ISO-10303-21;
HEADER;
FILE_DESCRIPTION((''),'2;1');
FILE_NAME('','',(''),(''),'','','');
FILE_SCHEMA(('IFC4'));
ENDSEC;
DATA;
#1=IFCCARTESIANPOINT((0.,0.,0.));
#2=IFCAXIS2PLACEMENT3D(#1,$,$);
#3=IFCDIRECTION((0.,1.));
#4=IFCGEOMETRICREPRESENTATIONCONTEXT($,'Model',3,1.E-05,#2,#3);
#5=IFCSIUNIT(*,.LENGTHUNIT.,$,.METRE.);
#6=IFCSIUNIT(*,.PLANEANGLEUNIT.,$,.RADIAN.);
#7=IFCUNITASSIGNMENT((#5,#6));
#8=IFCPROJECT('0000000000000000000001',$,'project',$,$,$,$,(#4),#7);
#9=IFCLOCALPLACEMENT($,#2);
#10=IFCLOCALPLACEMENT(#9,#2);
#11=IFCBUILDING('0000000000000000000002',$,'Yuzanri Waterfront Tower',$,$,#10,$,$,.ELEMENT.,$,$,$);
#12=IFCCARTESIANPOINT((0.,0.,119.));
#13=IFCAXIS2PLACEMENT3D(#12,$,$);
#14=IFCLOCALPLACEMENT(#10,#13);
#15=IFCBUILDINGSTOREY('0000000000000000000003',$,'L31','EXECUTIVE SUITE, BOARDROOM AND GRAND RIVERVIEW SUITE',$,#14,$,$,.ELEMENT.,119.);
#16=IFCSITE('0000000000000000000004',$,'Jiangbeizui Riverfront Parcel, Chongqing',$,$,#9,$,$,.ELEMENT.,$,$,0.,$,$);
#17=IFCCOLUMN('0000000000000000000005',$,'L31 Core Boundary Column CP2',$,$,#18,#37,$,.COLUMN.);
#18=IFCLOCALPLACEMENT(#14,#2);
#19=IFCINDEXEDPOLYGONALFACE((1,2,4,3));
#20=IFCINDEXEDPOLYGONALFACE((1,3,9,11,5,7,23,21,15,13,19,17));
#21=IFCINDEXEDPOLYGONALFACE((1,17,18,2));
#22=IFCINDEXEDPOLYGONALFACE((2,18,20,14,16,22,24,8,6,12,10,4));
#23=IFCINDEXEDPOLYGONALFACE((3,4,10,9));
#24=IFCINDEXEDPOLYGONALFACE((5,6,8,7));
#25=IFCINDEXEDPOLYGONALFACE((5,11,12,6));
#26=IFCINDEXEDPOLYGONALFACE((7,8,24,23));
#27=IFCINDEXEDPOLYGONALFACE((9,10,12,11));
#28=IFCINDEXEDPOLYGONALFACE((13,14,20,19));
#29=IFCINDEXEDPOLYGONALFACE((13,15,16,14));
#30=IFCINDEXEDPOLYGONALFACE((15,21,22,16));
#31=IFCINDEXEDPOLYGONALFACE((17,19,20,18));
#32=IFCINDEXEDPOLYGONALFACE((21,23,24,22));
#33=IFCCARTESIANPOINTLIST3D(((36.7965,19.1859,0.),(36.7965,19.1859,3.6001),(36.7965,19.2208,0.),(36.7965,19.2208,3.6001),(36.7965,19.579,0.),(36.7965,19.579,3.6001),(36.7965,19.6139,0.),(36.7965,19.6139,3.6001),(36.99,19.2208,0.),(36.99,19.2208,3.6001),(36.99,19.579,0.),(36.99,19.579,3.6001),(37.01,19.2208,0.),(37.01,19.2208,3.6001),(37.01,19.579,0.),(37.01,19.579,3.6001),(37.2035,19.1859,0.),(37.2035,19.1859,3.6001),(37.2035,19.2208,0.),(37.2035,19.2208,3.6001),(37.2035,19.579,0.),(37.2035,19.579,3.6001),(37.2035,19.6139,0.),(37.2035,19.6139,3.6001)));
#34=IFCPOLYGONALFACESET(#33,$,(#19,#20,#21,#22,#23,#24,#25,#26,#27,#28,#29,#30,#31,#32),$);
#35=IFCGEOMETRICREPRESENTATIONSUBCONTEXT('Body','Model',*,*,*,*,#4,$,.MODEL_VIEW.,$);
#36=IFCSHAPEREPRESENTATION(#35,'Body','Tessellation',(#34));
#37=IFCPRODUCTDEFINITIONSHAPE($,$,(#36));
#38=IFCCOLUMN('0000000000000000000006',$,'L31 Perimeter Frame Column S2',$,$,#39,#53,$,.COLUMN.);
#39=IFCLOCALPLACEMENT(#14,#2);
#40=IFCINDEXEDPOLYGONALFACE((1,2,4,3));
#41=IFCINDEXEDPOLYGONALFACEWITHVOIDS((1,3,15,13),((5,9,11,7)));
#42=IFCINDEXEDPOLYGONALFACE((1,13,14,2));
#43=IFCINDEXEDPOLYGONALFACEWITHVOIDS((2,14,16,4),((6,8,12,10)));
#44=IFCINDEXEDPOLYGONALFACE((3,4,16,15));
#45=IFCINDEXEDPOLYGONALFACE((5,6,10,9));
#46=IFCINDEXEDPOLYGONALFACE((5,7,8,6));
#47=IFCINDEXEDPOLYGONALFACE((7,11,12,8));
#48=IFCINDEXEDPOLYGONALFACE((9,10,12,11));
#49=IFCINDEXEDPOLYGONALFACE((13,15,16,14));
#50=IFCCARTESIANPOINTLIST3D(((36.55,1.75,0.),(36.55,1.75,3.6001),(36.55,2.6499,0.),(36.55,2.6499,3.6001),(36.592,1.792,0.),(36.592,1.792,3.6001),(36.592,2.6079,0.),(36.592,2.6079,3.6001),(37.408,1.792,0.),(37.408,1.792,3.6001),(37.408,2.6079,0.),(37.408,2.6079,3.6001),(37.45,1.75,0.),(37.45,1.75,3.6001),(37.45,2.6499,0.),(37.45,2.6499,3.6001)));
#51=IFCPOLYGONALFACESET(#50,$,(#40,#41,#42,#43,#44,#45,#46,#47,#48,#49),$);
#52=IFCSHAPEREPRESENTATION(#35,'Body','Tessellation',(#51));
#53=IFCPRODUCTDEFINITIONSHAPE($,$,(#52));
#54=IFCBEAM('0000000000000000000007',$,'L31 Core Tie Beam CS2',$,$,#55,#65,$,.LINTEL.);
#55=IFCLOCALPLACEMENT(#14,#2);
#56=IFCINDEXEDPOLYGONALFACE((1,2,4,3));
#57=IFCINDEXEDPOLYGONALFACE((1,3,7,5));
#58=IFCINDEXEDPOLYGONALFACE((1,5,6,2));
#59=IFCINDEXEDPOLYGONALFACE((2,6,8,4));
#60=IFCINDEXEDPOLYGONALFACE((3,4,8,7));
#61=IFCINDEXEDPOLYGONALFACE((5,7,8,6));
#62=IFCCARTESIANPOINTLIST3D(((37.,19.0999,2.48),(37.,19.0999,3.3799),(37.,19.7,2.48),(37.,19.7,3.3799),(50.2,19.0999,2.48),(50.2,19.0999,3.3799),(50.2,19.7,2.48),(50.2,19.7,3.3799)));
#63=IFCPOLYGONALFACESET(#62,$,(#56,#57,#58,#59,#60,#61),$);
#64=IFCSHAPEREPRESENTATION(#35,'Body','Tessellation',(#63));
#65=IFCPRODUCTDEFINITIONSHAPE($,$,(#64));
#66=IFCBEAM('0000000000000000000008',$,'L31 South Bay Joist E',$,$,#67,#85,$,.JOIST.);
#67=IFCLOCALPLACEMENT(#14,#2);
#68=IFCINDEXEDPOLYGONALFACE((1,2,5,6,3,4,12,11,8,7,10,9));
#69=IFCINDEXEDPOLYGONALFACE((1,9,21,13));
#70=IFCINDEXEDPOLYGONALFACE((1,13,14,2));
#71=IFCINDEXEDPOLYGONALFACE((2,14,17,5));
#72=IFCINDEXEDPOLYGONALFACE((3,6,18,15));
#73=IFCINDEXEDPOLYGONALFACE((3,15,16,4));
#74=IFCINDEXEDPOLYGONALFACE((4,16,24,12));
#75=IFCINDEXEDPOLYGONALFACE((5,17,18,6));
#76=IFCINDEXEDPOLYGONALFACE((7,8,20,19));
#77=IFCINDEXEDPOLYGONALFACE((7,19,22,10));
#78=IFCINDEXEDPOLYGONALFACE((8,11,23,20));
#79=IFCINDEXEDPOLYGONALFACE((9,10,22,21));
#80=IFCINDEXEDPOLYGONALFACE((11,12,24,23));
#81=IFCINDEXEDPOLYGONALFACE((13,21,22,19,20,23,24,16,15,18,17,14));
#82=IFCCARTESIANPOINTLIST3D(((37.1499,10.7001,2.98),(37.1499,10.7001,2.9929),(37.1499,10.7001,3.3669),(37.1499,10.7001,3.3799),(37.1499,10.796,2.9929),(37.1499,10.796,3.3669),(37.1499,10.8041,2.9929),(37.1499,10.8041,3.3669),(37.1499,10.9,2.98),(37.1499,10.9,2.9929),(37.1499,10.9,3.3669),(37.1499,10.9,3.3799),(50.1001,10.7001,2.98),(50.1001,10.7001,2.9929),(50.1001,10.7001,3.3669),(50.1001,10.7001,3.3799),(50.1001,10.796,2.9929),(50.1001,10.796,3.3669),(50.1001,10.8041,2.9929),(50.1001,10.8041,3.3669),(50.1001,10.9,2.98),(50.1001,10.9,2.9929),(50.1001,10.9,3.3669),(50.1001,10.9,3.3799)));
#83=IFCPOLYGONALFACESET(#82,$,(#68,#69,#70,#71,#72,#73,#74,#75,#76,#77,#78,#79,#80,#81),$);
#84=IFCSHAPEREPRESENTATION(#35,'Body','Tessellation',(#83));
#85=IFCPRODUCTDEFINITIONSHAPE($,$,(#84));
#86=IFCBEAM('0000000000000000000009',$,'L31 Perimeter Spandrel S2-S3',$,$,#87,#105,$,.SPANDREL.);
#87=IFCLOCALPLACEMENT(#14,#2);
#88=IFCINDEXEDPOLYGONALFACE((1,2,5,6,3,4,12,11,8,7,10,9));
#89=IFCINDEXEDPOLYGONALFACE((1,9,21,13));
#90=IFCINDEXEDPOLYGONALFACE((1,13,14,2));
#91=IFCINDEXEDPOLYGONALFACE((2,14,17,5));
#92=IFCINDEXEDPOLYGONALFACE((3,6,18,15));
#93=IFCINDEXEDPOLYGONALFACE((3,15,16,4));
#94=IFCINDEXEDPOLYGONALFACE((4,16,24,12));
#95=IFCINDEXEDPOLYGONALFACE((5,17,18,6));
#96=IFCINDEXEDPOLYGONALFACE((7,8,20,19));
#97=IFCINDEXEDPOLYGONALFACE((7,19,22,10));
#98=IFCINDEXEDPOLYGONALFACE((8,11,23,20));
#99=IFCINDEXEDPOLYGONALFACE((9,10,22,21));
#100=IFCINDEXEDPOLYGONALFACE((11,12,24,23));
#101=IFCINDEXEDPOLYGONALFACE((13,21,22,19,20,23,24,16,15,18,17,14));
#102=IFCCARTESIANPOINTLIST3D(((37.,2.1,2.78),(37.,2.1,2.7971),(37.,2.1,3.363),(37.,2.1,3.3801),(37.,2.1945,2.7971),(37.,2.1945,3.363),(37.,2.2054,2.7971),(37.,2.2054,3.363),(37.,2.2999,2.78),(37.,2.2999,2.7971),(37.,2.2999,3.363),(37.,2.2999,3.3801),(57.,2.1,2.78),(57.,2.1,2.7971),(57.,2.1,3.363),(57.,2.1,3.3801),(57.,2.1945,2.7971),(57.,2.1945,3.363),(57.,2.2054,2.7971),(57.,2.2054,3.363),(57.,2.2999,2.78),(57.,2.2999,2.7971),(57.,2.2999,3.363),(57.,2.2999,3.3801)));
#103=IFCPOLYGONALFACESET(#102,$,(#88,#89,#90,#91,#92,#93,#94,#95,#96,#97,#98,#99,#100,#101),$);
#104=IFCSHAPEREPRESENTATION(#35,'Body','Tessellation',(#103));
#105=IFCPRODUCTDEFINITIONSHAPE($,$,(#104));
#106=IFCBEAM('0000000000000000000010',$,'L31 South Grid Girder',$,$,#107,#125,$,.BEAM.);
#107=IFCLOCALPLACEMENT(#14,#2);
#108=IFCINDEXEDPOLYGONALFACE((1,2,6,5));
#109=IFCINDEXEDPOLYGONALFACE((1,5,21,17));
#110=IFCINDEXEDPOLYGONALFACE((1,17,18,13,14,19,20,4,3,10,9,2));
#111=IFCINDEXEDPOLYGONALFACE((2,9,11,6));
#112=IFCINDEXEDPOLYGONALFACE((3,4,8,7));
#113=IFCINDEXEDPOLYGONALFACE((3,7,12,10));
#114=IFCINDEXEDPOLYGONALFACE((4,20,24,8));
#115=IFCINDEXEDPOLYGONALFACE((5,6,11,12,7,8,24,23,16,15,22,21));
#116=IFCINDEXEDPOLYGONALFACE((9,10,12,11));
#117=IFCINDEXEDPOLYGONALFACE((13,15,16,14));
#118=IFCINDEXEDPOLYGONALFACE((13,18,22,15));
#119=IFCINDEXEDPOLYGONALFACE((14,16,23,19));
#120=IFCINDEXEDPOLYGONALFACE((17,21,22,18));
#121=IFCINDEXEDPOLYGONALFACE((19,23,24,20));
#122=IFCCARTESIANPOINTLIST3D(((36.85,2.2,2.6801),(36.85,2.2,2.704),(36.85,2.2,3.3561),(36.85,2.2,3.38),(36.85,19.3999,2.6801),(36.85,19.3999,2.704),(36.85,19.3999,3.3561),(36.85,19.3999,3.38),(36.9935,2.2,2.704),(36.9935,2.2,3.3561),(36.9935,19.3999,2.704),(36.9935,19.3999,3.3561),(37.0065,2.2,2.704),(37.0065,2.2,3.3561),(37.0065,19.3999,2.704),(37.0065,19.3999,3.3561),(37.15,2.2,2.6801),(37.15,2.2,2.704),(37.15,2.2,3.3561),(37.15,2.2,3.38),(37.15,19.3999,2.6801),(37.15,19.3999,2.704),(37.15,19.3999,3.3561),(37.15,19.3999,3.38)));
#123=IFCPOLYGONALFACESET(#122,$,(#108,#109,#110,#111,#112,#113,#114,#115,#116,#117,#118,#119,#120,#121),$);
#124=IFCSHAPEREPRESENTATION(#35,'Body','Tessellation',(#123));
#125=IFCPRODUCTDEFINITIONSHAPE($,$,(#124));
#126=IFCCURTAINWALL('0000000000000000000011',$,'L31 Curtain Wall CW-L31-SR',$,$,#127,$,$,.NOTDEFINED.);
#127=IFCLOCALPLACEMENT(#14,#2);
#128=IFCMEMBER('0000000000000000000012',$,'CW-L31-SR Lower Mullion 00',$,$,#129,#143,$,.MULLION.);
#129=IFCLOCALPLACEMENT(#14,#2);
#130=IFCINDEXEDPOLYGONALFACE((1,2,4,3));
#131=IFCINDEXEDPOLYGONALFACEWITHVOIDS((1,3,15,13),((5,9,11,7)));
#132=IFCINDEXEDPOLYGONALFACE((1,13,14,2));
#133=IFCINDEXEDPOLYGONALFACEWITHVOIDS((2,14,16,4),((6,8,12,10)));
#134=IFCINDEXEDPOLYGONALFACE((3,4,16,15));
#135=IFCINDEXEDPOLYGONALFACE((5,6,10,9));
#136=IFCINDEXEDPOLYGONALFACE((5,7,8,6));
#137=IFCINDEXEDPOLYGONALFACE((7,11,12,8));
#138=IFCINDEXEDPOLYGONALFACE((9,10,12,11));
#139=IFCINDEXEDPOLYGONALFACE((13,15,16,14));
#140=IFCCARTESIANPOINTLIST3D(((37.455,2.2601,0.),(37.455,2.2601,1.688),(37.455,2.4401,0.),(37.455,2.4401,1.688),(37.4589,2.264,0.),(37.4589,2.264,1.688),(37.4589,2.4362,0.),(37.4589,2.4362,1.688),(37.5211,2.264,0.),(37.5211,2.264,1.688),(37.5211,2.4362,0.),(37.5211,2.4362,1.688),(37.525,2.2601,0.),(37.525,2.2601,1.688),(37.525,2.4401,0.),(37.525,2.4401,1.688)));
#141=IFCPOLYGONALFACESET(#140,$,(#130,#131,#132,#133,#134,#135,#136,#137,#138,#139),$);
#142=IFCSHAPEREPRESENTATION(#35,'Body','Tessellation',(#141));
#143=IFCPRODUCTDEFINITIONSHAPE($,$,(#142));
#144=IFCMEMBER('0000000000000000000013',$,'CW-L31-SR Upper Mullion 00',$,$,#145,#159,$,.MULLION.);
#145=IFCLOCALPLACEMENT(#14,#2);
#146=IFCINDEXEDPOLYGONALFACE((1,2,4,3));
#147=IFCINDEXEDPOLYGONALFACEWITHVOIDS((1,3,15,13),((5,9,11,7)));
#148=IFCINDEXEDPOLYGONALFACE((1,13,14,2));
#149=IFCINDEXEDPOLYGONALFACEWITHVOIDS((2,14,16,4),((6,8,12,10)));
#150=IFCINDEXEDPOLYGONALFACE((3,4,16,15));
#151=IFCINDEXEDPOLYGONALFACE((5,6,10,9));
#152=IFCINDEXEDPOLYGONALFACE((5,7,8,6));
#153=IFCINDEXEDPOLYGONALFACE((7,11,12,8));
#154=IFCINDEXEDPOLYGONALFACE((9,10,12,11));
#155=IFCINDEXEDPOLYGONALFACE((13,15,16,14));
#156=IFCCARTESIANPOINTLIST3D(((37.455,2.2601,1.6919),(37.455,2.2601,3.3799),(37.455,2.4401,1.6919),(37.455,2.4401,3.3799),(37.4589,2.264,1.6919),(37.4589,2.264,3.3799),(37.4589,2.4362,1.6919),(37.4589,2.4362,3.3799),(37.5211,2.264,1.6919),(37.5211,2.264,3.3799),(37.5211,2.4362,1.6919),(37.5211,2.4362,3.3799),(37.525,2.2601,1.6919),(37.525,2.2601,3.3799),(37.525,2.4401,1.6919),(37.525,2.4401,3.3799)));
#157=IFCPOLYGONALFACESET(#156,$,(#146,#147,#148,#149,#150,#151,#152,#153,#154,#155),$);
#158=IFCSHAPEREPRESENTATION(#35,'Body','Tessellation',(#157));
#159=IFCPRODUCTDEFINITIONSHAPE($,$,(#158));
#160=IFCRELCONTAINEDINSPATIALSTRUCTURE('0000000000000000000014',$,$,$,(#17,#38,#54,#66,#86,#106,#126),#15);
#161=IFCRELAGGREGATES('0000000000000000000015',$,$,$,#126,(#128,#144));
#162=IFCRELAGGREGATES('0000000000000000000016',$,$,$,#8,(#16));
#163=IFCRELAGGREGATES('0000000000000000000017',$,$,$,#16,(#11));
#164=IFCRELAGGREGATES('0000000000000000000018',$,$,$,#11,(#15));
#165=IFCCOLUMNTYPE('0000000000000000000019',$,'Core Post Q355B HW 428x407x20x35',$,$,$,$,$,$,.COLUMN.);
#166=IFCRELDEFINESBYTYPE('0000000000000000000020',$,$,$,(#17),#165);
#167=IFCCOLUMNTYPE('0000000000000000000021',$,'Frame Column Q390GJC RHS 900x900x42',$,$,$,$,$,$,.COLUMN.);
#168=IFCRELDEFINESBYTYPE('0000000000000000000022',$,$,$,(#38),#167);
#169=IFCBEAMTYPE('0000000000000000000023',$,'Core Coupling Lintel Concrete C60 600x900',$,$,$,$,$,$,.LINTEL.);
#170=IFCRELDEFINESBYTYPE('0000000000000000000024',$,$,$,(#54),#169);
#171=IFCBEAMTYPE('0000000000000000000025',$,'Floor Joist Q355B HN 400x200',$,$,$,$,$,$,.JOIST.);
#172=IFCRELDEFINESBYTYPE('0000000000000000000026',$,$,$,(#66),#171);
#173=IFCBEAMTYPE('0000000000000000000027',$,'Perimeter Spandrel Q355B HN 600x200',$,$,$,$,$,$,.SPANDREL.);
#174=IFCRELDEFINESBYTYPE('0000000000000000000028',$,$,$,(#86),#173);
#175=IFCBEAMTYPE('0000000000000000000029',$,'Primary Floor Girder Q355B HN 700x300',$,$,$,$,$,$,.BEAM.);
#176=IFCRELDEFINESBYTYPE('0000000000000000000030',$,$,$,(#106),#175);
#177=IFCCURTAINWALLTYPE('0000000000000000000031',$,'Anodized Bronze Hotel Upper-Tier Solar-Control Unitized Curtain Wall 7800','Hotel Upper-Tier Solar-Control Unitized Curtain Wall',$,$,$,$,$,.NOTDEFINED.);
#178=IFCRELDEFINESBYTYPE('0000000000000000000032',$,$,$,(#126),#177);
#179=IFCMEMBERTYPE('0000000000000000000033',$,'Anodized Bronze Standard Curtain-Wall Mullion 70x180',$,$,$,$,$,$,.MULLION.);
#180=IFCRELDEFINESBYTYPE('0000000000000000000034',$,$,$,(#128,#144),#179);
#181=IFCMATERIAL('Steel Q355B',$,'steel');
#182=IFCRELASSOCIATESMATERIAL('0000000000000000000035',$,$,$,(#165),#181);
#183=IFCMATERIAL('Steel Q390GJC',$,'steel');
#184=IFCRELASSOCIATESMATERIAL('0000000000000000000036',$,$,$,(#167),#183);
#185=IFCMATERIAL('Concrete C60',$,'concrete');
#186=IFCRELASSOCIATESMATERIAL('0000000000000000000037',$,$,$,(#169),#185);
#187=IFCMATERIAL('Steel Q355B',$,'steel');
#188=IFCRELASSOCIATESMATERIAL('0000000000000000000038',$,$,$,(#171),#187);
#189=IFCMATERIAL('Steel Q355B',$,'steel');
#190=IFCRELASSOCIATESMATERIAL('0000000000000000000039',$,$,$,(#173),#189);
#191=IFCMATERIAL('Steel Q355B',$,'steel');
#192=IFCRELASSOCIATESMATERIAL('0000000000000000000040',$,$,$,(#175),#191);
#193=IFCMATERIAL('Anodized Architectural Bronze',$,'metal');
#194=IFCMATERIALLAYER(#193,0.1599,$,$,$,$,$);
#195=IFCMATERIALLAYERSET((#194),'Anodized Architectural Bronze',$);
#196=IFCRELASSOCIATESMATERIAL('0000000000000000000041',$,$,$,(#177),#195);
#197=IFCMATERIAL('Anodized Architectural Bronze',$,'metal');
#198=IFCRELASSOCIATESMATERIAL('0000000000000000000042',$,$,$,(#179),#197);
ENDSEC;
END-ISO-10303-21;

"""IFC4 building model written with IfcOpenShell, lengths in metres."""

from ifc_helpers import new_model, si_unit, direction, frame, origin, origin_2d, place, context, subcontext, project, spatial, rectangle, hollow_rectangle, i_section, extrude, source, transform, mapped, material, layer, layer_set, material_profile, profile_set, type_object, element, aggregate, save


model = new_model("IFC4")

# Units and contexts
model_context = context("Model", 3, precision=1e-05, world=origin(), true_north=direction((0.0, 1.0)))
body_context = subcontext(model_context, "Body", "Model", "MODEL_VIEW")
ifc_project = project(units=[si_unit("LENGTHUNIT", "METRE"), si_unit("PLANEANGLEUNIT", "RADIAN")], contexts=[model_context])

# Site, building, storey
site_placement = place(None, origin())
site = spatial("IfcSite", under=ifc_project, at=site_placement, Name="Jiangbeizui Riverfront Parcel, Chongqing", CompositionType="ELEMENT", RefElevation=0.0)
building_placement = place(site_placement, origin())
building = spatial("IfcBuilding", under=site, at=building_placement, Name="Yuzanri Waterfront Tower", CompositionType="ELEMENT")
storey_placement = place(building_placement, frame((0.0, 0.0, 119.0)))
storey = spatial("IfcBuildingStorey", under=building, at=storey_placement, Name="L31", Description="EXECUTIVE SUITE, BOARDROOM AND GRAND RIVERVIEW SUITE", CompositionType="ELEMENT", Elevation=119.0)

# Columns
ifc_material_1 = material(Name="Steel Q355B", Category="steel")
ifc_material_profile_1 = material_profile(ifc_material_1, i_section(OverallWidth=0.407, OverallDepth=0.428, WebThickness=0.02, FlangeThickness=0.0349, at=origin_2d()), Name="HW 428x407x20x35")
ifc_profile_set_1 = profile_set([ifc_material_profile_1], Name="Steel Q355B")
column_type_1 = type_object("IfcColumnType", Name="Core Post Q355B HW 428x407x20x35", PredefinedType="COLUMN", material=ifc_profile_set_1)
shared_shape_1 = source(origin(), body_context, "Body", "SweptSolid", [
    extrude(i_section(OverallWidth=0.407, OverallDepth=0.428, WebThickness=0.02, FlangeThickness=0.0349, at=origin_2d()), origin(), (0.0, 0.0, 1.0), 3.6001),
])
column_1_placement = place(storey_placement, frame((37.0, 19.3999, 0.0), z_axis=(0.0, 0.0, 1.0), x_axis=(1.0, 0.0, 0.0)))
element("IfcColumn", 1, at=column_1_placement, inside=storey, type_object=column_type_1, Name="L31 Core Boundary Column CP2", PredefinedType="COLUMN", context=body_context, shape_type="MappedRepresentation", body=[
    mapped(shared_shape_1, transform((0.0, 0.0, 0.0), scale=1.0)),
])
ifc_material_2 = material(Name="Steel Q390GJC", Category="steel")
ifc_material_profile_2 = material_profile(ifc_material_2, hollow_rectangle(XDim=0.8999, YDim=0.8999, WallThickness=0.042, at=origin_2d()), Name="RHS 900x900x42")
ifc_profile_set_2 = profile_set([ifc_material_profile_2], Name="Steel Q390GJC")
column_type_2 = type_object("IfcColumnType", Name="Frame Column Q390GJC RHS 900x900x42", PredefinedType="COLUMN", material=ifc_profile_set_2)
shared_shape_2 = source(origin(), body_context, "Body", "SweptSolid", [
    extrude(hollow_rectangle(XDim=0.8999, YDim=0.8999, WallThickness=0.042, at=origin_2d()), origin(), (0.0, 0.0, 1.0), 3.6001),
])
column_2_placement = place(storey_placement, frame((37.0, 2.2, 0.0), z_axis=(0.0, 0.0, 1.0), x_axis=(1.0, 0.0, 0.0)))
element("IfcColumn", 2, at=column_2_placement, inside=storey, type_object=column_type_2, Name="L31 Perimeter Frame Column S2", PredefinedType="COLUMN", context=body_context, shape_type="MappedRepresentation", body=[
    mapped(shared_shape_2, transform((0.0, 0.0, 0.0), scale=1.0)),
])

# Beams
ifc_material_3 = material(Name="Concrete C60", Category="concrete")
ifc_material_profile_3 = material_profile(ifc_material_3, rectangle(XDim=0.6001, YDim=0.8999, at=origin_2d()), Name="RC 600x900")
ifc_profile_set_3 = profile_set([ifc_material_profile_3], Name="Concrete C60")
beam_type_1 = type_object("IfcBeamType", Name="Core Coupling Lintel Concrete C60 600x900", PredefinedType="LINTEL", material=ifc_profile_set_3)
shared_shape_3 = source(origin(), body_context, "Body", "SweptSolid", [
    extrude(rectangle(XDim=0.6001, YDim=0.8999, at=origin_2d()), origin(), (0.0, 0.0, 1.0), 13.2),
])
beam_1_placement = place(storey_placement, frame((37.0, 19.3999, 2.9299), z_axis=(1.0, 0.0, 0.0), x_axis=(0.0, 1.0, 0.0)))
element("IfcBeam", 3, at=beam_1_placement, inside=storey, type_object=beam_type_1, Name="L31 Core Tie Beam CS2", PredefinedType="LINTEL", context=body_context, shape_type="MappedRepresentation", body=[
    mapped(shared_shape_3, transform((0.0, 0.0, 0.0), scale=1.0)),
])
ifc_material_4 = material(Name="Steel Q355B", Category="steel")
ifc_material_profile_4 = material_profile(ifc_material_4, i_section(OverallWidth=0.2, OverallDepth=0.3999, WebThickness=0.0081, FlangeThickness=0.0129, at=origin_2d()), Name="HN 400x200x8x13")
ifc_profile_set_4 = profile_set([ifc_material_profile_4], Name="Steel Q355B")
beam_type_2 = type_object("IfcBeamType", Name="Floor Joist Q355B HN 400x200", PredefinedType="JOIST", material=ifc_profile_set_4)
shared_shape_4 = source(origin(), body_context, "Body", "SweptSolid", [
    extrude(i_section(OverallWidth=0.2, OverallDepth=0.3999, WebThickness=0.0081, FlangeThickness=0.0129, at=origin_2d()), origin(), (0.0, 0.0, 1.0), 12.9502),
])
beam_2_placement = place(storey_placement, frame((37.1499, 10.8, 3.1799), z_axis=(1.0, 0.0, 0.0), x_axis=(0.0, 1.0, 0.0)))
element("IfcBeam", 4, at=beam_2_placement, inside=storey, type_object=beam_type_2, Name="L31 South Bay Joist E", PredefinedType="JOIST", context=body_context, shape_type="MappedRepresentation", body=[
    mapped(shared_shape_4, transform((0.0, 0.0, 0.0), scale=1.0)),
])
ifc_material_5 = material(Name="Steel Q355B", Category="steel")
ifc_material_profile_5 = material_profile(ifc_material_5, i_section(OverallWidth=0.2, OverallDepth=0.6001, WebThickness=0.011, FlangeThickness=0.0171, at=origin_2d()), Name="HN 600x200x11x17")
ifc_profile_set_5 = profile_set([ifc_material_profile_5], Name="Steel Q355B")
beam_type_3 = type_object("IfcBeamType", Name="Perimeter Spandrel Q355B HN 600x200", PredefinedType="SPANDREL", material=ifc_profile_set_5)
shared_shape_5 = source(origin(), body_context, "Body", "SweptSolid", [
    extrude(i_section(OverallWidth=0.2, OverallDepth=0.6001, WebThickness=0.011, FlangeThickness=0.0171, at=origin_2d()), origin(), (0.0, 0.0, 1.0), 20.0),
])
beam_3_placement = place(storey_placement, frame((37.0, 2.2, 3.0801), z_axis=(1.0, 0.0, 0.0), x_axis=(0.0, 1.0, 0.0)))
element("IfcBeam", 5, at=beam_3_placement, inside=storey, type_object=beam_type_3, Name="L31 Perimeter Spandrel S2-S3", PredefinedType="SPANDREL", context=body_context, shape_type="MappedRepresentation", body=[
    mapped(shared_shape_5, transform((0.0, 0.0, 0.0), scale=1.0)),
])
ifc_material_6 = material(Name="Steel Q355B", Category="steel")
ifc_material_profile_6 = material_profile(ifc_material_6, i_section(OverallWidth=0.3, OverallDepth=0.7, WebThickness=0.0129, FlangeThickness=0.0239, at=origin_2d()), Name="HN 700x300x13x24")
ifc_profile_set_6 = profile_set([ifc_material_profile_6], Name="Steel Q355B")
beam_type_4 = type_object("IfcBeamType", Name="Primary Floor Girder Q355B HN 700x300", PredefinedType="BEAM", material=ifc_profile_set_6)
shared_shape_6 = source(origin(), body_context, "Body", "SweptSolid", [
    extrude(i_section(OverallWidth=0.3, OverallDepth=0.7, WebThickness=0.0129, FlangeThickness=0.0239, at=origin_2d()), origin(), (0.0, 0.0, 1.0), 17.2),
])
beam_4_placement = place(storey_placement, frame((37.0, 19.3999, 3.03), z_axis=(0.0, -1.0, 0.0), x_axis=(1.0, 0.0, 0.0)))
element("IfcBeam", 6, at=beam_4_placement, inside=storey, type_object=beam_type_4, Name="L31 South Grid Girder", PredefinedType="BEAM", context=body_context, shape_type="MappedRepresentation", body=[
    mapped(shared_shape_6, transform((0.0, 0.0, 0.0), scale=1.0)),
])

# Curtain wall, members
ifc_material_7 = material(Name="Anodized Architectural Bronze", Category="metal")
ifc_layer_1 = layer(ifc_material_7, 0.1599)
ifc_layer_set_1 = layer_set([ifc_layer_1], Name="Anodized Architectural Bronze")
curtain_wall_type = type_object("IfcCurtainWallType", Name="Anodized Bronze Hotel Upper-Tier Solar-Control Unitized Curtain Wall 7800", Description="Hotel Upper-Tier Solar-Control Unitized Curtain Wall", PredefinedType="NOTDEFINED", material=ifc_layer_set_1)
curtain_wall_placement = place(storey_placement, origin())
curtain_wall = element("IfcCurtainWall", 7, at=curtain_wall_placement, inside=storey, type_object=curtain_wall_type, Name="L31 Curtain Wall CW-L31-SR", PredefinedType="NOTDEFINED")
ifc_material_8 = material(Name="Anodized Architectural Bronze", Category="metal")
ifc_material_profile_7 = material_profile(ifc_material_8, hollow_rectangle(XDim=0.0701, YDim=0.1799, WallThickness=0.0039, at=origin_2d()), Name="CWM 70x180")
ifc_profile_set_7 = profile_set([ifc_material_profile_7], Name="Anodized Architectural Bronze")
member_type_1 = type_object("IfcMemberType", Name="Anodized Bronze Standard Curtain-Wall Mullion 70x180", PredefinedType="MULLION", material=ifc_profile_set_7)
shared_shape_7 = source(origin(), body_context, "Body", "SweptSolid", [
    extrude(hollow_rectangle(XDim=0.0701, YDim=0.1799, WallThickness=0.0039, at=origin_2d()), origin(), (0.0, 0.0, 1.0), 1.688),
])
member_1_placement = place(storey_placement, frame((37.49, 2.3501, 0.0), z_axis=(0.0, 0.0, 1.0), x_axis=(1.0, 0.0, 0.0)))
member_1 = element("IfcMember", 8, at=member_1_placement, type_object=member_type_1, Name="CW-L31-SR Lower Mullion 00", PredefinedType="MULLION", context=body_context, shape_type="MappedRepresentation", body=[
    mapped(shared_shape_7, transform((0.0, 0.0, 0.0), scale=1.0)),
])
member_2_placement = place(storey_placement, frame((37.49, 2.3501, 1.6919), z_axis=(0.0, 0.0, 1.0), x_axis=(1.0, 0.0, 0.0)))
member_2 = element("IfcMember", 9, at=member_2_placement, type_object=member_type_1, Name="CW-L31-SR Upper Mullion 00", PredefinedType="MULLION", context=body_context, shape_type="MappedRepresentation", body=[
    mapped(shared_shape_7, transform((0.0, 0.0, 0.0), scale=1.0)),
])
aggregate(curtain_wall, [member_1, member_2])

save(model, "model.ifc")
